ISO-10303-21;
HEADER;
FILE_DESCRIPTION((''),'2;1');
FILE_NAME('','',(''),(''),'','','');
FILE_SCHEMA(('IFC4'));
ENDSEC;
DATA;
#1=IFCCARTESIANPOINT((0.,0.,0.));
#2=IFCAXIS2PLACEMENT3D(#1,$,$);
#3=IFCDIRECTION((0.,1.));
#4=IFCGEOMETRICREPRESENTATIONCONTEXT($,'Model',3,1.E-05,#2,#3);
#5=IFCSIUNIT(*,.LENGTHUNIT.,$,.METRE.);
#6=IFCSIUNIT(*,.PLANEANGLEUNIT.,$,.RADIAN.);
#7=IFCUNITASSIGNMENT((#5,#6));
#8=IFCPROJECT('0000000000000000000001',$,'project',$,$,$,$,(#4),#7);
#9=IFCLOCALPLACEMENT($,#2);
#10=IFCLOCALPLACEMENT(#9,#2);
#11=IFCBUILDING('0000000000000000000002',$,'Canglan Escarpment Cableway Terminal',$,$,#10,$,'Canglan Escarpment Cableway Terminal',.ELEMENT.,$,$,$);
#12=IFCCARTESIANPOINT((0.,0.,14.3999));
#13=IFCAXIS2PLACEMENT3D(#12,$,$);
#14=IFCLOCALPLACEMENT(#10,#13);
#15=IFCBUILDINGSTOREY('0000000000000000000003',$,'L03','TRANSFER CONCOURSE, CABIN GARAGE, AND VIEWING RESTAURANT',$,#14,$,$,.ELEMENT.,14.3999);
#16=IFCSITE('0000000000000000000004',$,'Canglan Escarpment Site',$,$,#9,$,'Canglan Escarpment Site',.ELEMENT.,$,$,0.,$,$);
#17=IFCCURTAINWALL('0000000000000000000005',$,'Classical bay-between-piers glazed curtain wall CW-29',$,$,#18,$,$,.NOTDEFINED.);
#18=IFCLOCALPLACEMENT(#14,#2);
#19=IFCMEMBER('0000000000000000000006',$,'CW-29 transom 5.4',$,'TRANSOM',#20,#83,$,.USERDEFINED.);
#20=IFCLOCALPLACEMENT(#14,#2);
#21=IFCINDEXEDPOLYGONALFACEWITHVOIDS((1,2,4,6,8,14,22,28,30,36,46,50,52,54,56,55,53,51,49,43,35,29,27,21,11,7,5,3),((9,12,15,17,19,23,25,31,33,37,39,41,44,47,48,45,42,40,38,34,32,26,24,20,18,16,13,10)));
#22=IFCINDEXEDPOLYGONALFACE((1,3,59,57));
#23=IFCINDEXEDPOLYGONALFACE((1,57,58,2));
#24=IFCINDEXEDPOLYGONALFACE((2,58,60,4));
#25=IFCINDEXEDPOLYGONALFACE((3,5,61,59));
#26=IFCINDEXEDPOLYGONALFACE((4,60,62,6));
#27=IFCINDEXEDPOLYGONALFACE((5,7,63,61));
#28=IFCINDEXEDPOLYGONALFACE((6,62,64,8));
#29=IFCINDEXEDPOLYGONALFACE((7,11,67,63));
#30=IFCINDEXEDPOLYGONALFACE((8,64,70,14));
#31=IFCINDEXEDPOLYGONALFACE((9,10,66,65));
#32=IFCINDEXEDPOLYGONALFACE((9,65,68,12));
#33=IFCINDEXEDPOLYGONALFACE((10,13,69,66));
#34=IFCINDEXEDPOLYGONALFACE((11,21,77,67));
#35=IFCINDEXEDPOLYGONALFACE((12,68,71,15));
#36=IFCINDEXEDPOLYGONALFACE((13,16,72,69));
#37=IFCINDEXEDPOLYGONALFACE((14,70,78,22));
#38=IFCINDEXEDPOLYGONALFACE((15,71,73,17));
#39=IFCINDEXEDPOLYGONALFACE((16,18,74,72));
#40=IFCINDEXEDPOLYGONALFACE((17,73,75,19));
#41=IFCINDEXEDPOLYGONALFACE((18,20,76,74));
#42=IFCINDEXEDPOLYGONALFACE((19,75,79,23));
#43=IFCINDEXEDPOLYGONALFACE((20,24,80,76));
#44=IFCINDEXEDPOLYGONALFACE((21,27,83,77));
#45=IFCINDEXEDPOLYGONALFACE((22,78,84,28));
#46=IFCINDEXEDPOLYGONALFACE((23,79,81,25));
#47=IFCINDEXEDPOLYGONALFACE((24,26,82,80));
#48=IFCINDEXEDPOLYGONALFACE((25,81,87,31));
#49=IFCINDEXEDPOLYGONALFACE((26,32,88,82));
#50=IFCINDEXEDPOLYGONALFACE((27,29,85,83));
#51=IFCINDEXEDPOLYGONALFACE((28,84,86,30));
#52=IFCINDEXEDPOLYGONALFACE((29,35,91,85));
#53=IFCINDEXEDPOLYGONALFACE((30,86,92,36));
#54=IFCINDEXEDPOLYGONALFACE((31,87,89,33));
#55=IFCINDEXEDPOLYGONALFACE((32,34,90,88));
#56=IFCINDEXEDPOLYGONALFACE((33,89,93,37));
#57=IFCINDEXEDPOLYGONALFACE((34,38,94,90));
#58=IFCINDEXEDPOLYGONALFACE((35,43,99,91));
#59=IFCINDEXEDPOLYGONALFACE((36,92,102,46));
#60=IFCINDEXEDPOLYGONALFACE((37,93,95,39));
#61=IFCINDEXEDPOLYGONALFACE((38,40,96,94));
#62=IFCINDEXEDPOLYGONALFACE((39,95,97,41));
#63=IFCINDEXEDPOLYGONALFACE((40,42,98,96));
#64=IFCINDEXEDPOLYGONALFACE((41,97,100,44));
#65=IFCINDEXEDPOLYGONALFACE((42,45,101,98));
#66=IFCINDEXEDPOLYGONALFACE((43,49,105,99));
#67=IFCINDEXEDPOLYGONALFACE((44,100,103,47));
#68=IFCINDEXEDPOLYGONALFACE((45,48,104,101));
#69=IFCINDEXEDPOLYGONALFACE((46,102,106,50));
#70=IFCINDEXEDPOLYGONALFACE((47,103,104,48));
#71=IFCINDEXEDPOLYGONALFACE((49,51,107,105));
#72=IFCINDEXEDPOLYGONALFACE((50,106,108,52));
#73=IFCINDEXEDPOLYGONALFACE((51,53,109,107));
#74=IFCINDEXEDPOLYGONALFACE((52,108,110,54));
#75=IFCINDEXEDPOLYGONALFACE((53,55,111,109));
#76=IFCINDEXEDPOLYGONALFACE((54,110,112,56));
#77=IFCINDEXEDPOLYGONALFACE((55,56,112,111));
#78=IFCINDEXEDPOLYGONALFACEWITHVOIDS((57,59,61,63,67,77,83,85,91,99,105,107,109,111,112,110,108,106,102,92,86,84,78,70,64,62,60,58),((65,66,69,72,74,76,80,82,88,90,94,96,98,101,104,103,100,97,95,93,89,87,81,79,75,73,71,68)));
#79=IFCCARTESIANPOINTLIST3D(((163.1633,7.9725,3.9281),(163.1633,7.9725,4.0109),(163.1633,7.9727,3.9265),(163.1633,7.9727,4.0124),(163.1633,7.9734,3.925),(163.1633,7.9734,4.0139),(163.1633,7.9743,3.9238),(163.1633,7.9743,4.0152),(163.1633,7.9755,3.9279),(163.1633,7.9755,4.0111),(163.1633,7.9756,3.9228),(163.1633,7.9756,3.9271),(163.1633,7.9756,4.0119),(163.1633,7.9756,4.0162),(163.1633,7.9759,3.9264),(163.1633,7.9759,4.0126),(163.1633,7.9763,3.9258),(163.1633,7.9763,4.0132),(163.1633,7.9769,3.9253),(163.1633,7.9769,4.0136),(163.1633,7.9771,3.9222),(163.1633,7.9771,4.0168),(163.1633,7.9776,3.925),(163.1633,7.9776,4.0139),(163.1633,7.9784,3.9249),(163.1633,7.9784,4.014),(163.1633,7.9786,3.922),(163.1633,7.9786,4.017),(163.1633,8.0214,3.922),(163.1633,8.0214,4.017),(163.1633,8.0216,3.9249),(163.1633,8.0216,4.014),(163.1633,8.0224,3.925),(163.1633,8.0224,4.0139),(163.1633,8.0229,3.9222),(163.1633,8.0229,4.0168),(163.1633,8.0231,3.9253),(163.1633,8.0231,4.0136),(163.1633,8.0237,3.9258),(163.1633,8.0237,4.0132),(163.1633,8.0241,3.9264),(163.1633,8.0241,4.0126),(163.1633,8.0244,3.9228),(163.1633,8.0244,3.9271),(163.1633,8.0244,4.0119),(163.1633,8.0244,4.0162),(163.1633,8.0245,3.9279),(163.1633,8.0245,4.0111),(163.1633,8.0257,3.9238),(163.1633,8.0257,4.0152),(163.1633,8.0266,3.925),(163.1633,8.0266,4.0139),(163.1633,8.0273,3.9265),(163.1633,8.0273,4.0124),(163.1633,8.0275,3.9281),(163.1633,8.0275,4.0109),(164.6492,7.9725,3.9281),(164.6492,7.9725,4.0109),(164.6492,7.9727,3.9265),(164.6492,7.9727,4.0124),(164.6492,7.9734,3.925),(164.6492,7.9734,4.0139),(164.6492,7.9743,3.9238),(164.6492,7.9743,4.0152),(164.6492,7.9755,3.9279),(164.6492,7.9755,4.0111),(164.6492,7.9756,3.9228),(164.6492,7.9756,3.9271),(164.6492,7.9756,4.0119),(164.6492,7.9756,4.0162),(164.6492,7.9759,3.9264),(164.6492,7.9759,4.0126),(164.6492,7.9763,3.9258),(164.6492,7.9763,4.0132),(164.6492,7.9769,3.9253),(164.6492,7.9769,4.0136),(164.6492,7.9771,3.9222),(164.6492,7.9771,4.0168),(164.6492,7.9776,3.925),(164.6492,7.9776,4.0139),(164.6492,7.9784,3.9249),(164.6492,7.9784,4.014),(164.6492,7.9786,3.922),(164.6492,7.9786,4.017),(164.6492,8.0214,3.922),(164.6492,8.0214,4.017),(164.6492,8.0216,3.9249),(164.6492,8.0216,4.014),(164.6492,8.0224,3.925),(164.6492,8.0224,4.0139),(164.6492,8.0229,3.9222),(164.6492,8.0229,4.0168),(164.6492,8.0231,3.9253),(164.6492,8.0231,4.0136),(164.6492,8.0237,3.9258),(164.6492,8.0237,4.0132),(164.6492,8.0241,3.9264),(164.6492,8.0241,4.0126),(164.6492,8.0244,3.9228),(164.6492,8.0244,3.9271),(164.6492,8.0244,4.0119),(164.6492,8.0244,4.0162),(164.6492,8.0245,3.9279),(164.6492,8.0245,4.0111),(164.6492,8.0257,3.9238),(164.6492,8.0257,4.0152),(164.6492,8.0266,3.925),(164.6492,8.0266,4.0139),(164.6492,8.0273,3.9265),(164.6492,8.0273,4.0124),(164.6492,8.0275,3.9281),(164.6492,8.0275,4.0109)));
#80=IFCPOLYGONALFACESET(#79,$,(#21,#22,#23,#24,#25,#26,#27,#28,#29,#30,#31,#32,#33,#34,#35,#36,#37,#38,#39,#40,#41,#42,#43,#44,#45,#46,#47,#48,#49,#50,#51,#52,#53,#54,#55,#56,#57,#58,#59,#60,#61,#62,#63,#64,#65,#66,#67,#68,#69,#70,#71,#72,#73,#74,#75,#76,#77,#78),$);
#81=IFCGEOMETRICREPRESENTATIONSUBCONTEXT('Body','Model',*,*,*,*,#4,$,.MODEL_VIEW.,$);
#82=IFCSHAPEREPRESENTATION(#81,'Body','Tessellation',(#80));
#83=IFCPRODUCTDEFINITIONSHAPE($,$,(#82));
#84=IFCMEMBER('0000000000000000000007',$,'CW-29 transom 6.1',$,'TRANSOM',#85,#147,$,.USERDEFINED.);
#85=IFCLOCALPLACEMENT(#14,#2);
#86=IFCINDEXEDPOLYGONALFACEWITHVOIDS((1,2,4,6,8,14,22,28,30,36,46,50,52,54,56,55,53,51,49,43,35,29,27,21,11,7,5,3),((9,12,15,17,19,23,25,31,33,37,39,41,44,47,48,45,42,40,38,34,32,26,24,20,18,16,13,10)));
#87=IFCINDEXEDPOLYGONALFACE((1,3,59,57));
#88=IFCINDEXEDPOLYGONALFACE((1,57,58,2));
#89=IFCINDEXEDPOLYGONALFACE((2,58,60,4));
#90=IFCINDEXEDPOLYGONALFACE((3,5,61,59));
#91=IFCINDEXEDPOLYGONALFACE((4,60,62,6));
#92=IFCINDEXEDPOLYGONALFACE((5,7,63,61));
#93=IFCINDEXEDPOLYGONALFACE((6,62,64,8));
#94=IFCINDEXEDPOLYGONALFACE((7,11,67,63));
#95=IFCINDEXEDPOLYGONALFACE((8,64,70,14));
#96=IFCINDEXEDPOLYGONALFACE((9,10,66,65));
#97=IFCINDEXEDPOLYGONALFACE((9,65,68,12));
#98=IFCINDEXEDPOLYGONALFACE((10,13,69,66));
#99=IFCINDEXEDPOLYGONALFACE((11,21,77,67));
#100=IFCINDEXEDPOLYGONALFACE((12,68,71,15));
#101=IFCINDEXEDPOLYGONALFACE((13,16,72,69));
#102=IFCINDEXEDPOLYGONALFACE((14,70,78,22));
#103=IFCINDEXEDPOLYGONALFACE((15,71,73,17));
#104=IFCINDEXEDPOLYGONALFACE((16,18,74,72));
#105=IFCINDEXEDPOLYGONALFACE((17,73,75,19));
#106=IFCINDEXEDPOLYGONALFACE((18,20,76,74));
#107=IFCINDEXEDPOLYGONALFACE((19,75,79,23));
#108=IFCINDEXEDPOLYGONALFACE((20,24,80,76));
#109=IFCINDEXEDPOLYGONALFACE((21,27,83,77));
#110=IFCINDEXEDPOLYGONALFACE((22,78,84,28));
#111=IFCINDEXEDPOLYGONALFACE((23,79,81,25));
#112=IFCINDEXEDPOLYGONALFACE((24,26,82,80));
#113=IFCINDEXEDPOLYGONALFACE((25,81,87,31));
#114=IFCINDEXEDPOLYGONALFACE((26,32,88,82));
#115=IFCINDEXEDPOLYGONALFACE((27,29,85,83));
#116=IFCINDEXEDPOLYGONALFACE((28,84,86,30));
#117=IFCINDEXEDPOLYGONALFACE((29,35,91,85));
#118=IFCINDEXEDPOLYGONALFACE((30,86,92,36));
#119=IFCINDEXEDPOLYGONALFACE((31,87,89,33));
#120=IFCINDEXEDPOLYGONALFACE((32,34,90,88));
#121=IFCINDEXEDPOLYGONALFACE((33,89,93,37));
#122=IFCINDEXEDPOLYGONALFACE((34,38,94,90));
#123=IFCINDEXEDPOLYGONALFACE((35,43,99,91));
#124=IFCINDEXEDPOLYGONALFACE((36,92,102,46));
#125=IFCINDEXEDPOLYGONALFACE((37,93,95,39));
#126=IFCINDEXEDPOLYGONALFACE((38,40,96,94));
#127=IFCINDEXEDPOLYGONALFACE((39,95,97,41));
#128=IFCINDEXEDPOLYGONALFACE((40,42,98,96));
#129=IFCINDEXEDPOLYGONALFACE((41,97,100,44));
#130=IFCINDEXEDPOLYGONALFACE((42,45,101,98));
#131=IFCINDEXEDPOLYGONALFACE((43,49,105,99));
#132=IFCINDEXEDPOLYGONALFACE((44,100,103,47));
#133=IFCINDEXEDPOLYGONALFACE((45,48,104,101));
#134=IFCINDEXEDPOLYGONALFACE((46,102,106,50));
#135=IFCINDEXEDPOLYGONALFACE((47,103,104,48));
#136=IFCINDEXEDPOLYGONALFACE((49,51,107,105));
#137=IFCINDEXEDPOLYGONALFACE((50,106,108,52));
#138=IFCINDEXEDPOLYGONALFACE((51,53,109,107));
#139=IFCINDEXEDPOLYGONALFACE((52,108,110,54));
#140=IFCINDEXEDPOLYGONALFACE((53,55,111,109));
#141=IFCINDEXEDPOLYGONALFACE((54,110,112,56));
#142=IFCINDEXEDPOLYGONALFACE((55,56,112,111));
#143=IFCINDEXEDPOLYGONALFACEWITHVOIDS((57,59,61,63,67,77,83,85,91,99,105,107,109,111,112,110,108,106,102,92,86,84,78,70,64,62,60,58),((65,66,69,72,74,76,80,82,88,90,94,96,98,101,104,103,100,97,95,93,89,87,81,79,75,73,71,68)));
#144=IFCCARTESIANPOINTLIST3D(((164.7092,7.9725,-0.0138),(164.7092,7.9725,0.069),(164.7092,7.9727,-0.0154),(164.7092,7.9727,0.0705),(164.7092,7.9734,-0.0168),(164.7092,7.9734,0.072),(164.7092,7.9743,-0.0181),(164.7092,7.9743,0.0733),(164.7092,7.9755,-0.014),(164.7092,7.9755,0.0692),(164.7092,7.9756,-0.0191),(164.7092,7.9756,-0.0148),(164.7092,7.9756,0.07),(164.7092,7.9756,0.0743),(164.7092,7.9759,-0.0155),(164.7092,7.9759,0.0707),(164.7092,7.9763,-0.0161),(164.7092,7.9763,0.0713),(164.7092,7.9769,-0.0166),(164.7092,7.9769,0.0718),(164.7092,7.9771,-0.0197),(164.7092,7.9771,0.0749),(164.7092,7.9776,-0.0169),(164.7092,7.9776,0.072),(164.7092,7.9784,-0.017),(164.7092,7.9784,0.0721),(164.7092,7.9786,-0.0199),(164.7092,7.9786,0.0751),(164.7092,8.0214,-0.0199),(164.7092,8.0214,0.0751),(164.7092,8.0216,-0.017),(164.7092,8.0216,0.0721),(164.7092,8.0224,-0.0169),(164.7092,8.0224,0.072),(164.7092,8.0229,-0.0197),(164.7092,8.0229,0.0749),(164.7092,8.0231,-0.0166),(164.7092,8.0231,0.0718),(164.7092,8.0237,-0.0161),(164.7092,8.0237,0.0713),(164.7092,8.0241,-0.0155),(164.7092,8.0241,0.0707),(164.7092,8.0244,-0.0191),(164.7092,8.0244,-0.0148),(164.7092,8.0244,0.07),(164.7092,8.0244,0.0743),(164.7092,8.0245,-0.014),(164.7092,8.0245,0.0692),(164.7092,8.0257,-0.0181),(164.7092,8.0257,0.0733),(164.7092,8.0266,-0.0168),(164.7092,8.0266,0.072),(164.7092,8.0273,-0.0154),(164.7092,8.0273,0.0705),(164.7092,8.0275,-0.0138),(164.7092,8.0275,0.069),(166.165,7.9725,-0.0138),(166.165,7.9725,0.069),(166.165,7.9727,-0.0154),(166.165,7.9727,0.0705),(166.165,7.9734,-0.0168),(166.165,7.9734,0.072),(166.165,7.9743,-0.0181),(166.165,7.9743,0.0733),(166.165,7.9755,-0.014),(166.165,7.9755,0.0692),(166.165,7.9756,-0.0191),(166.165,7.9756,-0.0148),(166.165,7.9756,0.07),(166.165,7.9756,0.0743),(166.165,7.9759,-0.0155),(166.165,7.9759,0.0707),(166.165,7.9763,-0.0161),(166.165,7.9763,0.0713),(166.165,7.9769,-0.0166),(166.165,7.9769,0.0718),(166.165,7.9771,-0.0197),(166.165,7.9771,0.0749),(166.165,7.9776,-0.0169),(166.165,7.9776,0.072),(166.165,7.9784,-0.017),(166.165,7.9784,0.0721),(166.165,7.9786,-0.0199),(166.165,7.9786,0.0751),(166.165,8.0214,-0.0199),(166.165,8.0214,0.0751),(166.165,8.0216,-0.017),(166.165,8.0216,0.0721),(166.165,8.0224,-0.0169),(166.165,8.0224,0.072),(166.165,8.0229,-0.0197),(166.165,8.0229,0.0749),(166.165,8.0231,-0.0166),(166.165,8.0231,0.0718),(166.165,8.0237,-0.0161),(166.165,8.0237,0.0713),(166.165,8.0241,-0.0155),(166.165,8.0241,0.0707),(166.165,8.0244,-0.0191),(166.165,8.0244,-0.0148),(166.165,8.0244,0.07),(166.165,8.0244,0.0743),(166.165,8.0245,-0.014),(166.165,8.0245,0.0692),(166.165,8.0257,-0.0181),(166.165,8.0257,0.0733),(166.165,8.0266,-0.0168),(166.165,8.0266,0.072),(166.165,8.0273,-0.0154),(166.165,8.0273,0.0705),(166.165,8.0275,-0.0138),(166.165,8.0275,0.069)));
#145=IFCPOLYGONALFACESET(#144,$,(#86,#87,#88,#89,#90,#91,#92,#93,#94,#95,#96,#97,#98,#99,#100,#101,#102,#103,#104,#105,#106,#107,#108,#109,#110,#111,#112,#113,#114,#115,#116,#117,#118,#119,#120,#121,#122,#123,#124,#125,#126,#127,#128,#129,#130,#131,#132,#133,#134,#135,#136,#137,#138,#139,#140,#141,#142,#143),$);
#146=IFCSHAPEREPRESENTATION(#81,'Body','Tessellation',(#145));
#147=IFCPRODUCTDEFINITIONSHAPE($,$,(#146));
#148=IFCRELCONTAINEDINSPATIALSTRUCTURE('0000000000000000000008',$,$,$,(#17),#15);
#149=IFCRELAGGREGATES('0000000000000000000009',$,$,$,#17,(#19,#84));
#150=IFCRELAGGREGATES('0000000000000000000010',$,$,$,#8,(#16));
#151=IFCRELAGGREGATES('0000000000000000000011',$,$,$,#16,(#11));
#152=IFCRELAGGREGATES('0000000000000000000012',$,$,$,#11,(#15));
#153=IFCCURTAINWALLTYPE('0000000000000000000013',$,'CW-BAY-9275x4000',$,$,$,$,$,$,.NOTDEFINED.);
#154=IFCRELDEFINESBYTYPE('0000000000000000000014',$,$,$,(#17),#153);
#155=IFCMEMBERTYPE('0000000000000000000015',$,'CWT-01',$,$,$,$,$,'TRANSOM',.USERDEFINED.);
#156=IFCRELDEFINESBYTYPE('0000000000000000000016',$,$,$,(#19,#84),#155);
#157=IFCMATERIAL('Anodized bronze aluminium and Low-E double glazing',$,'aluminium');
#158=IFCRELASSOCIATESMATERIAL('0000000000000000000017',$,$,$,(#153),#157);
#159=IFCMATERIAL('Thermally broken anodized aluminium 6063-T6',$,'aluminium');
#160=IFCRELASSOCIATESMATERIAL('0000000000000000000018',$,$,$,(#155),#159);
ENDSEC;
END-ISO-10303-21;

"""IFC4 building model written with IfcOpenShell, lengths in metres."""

from ifc_helpers import new_model, si_unit, direction, frame, origin, origin_2d, place, context, subcontext, project, spatial, hollow_rectangle, extrude, material, material_profile, profile_set, type_object, element, aggregate, save


model = new_model("IFC4")

# Units and contexts
model_context = context("Model", 3, precision=1e-05, world=origin(), true_north=direction((0.0, 1.0)))
body_context = subcontext(model_context, "Body", "Model", "MODEL_VIEW")
ifc_project = project(units=[si_unit("LENGTHUNIT", "METRE"), si_unit("PLANEANGLEUNIT", "RADIAN")], contexts=[model_context])

# Site, building, storey
site_placement = place(None, origin())
site = spatial("IfcSite", under=ifc_project, at=site_placement, Name="Canglan Escarpment Site", LongName="Canglan Escarpment Site", CompositionType="ELEMENT", RefElevation=0.0)
building_placement = place(site_placement, origin())
building = spatial("IfcBuilding", under=site, at=building_placement, Name="Canglan Escarpment Cableway Terminal", LongName="Canglan Escarpment Cableway Terminal", CompositionType="ELEMENT")
storey_placement = place(building_placement, frame((0.0, 0.0, 14.3999)))
storey = spatial("IfcBuildingStorey", under=building, at=storey_placement, Name="L03", Description="TRANSFER CONCOURSE, CABIN GARAGE, AND VIEWING RESTAURANT", CompositionType="ELEMENT", Elevation=14.3999)

# Curtain wall, members
ifc_material_1 = material(Name="Anodized bronze aluminium and Low-E double glazing", Category="aluminium")
curtain_wall_type = type_object("IfcCurtainWallType", Name="CW-BAY-9275x4000", PredefinedType="NOTDEFINED", material=ifc_material_1)
curtain_wall_placement = place(storey_placement, origin())
curtain_wall = element("IfcCurtainWall", 1, at=curtain_wall_placement, inside=storey, type_object=curtain_wall_type, Name="Classical bay-between-piers glazed curtain wall CW-29", PredefinedType="NOTDEFINED")
ifc_material_2 = material(Name="Thermally broken anodized aluminium 6063-T6", Category="aluminium")
ifc_material_profile_1 = material_profile(ifc_material_2, hollow_rectangle(XDim=0.0549, YDim=0.095, WallThickness=0.0029, InnerFilletRadius=0.0029, OuterFilletRadius=0.0061, at=origin_2d()), Name="ALU-TRAN 55x95x3")
ifc_profile_set_1 = profile_set([ifc_material_profile_1], Name="Thermally broken anodized aluminium 6063-T6")
member_type_1 = type_object("IfcMemberType", Name="CWT-01", ElementType="TRANSOM", PredefinedType="USERDEFINED", material=ifc_profile_set_1)
member_1_placement = place(storey_placement, frame((163.1633, 8.0, 3.9695), z_axis=(1.0, 0.0, 0.0), x_axis=(0.0, 1.0, 0.0)))
member_1 = element("IfcMember", 2, at=member_1_placement, type_object=member_type_1, Name="CW-29 transom 5.4", ObjectType="TRANSOM", PredefinedType="USERDEFINED", context=body_context, shape_type="SweptSolid", body=[
    extrude(hollow_rectangle(XDim=0.0549, YDim=0.095, WallThickness=0.0029, InnerFilletRadius=0.0029, OuterFilletRadius=0.0061, at=origin_2d()), origin(), (0.0, 0.0, 1.0), 1.4858),
])
member_2_placement = place(storey_placement, frame((164.7092, 8.0, 0.0276), z_axis=(1.0, 0.0, 0.0), x_axis=(0.0, 1.0, 0.0)))
member_2 = element("IfcMember", 3, at=member_2_placement, type_object=member_type_1, Name="CW-29 transom 6.1", ObjectType="TRANSOM", PredefinedType="USERDEFINED", context=body_context, shape_type="SweptSolid", body=[
    extrude(hollow_rectangle(XDim=0.0549, YDim=0.095, WallThickness=0.0029, InnerFilletRadius=0.0029, OuterFilletRadius=0.0061, at=origin_2d()), origin(), (0.0, 0.0, 1.0), 1.4558),
])
aggregate(curtain_wall, [member_1, member_2])

save(model, "model.ifc")
